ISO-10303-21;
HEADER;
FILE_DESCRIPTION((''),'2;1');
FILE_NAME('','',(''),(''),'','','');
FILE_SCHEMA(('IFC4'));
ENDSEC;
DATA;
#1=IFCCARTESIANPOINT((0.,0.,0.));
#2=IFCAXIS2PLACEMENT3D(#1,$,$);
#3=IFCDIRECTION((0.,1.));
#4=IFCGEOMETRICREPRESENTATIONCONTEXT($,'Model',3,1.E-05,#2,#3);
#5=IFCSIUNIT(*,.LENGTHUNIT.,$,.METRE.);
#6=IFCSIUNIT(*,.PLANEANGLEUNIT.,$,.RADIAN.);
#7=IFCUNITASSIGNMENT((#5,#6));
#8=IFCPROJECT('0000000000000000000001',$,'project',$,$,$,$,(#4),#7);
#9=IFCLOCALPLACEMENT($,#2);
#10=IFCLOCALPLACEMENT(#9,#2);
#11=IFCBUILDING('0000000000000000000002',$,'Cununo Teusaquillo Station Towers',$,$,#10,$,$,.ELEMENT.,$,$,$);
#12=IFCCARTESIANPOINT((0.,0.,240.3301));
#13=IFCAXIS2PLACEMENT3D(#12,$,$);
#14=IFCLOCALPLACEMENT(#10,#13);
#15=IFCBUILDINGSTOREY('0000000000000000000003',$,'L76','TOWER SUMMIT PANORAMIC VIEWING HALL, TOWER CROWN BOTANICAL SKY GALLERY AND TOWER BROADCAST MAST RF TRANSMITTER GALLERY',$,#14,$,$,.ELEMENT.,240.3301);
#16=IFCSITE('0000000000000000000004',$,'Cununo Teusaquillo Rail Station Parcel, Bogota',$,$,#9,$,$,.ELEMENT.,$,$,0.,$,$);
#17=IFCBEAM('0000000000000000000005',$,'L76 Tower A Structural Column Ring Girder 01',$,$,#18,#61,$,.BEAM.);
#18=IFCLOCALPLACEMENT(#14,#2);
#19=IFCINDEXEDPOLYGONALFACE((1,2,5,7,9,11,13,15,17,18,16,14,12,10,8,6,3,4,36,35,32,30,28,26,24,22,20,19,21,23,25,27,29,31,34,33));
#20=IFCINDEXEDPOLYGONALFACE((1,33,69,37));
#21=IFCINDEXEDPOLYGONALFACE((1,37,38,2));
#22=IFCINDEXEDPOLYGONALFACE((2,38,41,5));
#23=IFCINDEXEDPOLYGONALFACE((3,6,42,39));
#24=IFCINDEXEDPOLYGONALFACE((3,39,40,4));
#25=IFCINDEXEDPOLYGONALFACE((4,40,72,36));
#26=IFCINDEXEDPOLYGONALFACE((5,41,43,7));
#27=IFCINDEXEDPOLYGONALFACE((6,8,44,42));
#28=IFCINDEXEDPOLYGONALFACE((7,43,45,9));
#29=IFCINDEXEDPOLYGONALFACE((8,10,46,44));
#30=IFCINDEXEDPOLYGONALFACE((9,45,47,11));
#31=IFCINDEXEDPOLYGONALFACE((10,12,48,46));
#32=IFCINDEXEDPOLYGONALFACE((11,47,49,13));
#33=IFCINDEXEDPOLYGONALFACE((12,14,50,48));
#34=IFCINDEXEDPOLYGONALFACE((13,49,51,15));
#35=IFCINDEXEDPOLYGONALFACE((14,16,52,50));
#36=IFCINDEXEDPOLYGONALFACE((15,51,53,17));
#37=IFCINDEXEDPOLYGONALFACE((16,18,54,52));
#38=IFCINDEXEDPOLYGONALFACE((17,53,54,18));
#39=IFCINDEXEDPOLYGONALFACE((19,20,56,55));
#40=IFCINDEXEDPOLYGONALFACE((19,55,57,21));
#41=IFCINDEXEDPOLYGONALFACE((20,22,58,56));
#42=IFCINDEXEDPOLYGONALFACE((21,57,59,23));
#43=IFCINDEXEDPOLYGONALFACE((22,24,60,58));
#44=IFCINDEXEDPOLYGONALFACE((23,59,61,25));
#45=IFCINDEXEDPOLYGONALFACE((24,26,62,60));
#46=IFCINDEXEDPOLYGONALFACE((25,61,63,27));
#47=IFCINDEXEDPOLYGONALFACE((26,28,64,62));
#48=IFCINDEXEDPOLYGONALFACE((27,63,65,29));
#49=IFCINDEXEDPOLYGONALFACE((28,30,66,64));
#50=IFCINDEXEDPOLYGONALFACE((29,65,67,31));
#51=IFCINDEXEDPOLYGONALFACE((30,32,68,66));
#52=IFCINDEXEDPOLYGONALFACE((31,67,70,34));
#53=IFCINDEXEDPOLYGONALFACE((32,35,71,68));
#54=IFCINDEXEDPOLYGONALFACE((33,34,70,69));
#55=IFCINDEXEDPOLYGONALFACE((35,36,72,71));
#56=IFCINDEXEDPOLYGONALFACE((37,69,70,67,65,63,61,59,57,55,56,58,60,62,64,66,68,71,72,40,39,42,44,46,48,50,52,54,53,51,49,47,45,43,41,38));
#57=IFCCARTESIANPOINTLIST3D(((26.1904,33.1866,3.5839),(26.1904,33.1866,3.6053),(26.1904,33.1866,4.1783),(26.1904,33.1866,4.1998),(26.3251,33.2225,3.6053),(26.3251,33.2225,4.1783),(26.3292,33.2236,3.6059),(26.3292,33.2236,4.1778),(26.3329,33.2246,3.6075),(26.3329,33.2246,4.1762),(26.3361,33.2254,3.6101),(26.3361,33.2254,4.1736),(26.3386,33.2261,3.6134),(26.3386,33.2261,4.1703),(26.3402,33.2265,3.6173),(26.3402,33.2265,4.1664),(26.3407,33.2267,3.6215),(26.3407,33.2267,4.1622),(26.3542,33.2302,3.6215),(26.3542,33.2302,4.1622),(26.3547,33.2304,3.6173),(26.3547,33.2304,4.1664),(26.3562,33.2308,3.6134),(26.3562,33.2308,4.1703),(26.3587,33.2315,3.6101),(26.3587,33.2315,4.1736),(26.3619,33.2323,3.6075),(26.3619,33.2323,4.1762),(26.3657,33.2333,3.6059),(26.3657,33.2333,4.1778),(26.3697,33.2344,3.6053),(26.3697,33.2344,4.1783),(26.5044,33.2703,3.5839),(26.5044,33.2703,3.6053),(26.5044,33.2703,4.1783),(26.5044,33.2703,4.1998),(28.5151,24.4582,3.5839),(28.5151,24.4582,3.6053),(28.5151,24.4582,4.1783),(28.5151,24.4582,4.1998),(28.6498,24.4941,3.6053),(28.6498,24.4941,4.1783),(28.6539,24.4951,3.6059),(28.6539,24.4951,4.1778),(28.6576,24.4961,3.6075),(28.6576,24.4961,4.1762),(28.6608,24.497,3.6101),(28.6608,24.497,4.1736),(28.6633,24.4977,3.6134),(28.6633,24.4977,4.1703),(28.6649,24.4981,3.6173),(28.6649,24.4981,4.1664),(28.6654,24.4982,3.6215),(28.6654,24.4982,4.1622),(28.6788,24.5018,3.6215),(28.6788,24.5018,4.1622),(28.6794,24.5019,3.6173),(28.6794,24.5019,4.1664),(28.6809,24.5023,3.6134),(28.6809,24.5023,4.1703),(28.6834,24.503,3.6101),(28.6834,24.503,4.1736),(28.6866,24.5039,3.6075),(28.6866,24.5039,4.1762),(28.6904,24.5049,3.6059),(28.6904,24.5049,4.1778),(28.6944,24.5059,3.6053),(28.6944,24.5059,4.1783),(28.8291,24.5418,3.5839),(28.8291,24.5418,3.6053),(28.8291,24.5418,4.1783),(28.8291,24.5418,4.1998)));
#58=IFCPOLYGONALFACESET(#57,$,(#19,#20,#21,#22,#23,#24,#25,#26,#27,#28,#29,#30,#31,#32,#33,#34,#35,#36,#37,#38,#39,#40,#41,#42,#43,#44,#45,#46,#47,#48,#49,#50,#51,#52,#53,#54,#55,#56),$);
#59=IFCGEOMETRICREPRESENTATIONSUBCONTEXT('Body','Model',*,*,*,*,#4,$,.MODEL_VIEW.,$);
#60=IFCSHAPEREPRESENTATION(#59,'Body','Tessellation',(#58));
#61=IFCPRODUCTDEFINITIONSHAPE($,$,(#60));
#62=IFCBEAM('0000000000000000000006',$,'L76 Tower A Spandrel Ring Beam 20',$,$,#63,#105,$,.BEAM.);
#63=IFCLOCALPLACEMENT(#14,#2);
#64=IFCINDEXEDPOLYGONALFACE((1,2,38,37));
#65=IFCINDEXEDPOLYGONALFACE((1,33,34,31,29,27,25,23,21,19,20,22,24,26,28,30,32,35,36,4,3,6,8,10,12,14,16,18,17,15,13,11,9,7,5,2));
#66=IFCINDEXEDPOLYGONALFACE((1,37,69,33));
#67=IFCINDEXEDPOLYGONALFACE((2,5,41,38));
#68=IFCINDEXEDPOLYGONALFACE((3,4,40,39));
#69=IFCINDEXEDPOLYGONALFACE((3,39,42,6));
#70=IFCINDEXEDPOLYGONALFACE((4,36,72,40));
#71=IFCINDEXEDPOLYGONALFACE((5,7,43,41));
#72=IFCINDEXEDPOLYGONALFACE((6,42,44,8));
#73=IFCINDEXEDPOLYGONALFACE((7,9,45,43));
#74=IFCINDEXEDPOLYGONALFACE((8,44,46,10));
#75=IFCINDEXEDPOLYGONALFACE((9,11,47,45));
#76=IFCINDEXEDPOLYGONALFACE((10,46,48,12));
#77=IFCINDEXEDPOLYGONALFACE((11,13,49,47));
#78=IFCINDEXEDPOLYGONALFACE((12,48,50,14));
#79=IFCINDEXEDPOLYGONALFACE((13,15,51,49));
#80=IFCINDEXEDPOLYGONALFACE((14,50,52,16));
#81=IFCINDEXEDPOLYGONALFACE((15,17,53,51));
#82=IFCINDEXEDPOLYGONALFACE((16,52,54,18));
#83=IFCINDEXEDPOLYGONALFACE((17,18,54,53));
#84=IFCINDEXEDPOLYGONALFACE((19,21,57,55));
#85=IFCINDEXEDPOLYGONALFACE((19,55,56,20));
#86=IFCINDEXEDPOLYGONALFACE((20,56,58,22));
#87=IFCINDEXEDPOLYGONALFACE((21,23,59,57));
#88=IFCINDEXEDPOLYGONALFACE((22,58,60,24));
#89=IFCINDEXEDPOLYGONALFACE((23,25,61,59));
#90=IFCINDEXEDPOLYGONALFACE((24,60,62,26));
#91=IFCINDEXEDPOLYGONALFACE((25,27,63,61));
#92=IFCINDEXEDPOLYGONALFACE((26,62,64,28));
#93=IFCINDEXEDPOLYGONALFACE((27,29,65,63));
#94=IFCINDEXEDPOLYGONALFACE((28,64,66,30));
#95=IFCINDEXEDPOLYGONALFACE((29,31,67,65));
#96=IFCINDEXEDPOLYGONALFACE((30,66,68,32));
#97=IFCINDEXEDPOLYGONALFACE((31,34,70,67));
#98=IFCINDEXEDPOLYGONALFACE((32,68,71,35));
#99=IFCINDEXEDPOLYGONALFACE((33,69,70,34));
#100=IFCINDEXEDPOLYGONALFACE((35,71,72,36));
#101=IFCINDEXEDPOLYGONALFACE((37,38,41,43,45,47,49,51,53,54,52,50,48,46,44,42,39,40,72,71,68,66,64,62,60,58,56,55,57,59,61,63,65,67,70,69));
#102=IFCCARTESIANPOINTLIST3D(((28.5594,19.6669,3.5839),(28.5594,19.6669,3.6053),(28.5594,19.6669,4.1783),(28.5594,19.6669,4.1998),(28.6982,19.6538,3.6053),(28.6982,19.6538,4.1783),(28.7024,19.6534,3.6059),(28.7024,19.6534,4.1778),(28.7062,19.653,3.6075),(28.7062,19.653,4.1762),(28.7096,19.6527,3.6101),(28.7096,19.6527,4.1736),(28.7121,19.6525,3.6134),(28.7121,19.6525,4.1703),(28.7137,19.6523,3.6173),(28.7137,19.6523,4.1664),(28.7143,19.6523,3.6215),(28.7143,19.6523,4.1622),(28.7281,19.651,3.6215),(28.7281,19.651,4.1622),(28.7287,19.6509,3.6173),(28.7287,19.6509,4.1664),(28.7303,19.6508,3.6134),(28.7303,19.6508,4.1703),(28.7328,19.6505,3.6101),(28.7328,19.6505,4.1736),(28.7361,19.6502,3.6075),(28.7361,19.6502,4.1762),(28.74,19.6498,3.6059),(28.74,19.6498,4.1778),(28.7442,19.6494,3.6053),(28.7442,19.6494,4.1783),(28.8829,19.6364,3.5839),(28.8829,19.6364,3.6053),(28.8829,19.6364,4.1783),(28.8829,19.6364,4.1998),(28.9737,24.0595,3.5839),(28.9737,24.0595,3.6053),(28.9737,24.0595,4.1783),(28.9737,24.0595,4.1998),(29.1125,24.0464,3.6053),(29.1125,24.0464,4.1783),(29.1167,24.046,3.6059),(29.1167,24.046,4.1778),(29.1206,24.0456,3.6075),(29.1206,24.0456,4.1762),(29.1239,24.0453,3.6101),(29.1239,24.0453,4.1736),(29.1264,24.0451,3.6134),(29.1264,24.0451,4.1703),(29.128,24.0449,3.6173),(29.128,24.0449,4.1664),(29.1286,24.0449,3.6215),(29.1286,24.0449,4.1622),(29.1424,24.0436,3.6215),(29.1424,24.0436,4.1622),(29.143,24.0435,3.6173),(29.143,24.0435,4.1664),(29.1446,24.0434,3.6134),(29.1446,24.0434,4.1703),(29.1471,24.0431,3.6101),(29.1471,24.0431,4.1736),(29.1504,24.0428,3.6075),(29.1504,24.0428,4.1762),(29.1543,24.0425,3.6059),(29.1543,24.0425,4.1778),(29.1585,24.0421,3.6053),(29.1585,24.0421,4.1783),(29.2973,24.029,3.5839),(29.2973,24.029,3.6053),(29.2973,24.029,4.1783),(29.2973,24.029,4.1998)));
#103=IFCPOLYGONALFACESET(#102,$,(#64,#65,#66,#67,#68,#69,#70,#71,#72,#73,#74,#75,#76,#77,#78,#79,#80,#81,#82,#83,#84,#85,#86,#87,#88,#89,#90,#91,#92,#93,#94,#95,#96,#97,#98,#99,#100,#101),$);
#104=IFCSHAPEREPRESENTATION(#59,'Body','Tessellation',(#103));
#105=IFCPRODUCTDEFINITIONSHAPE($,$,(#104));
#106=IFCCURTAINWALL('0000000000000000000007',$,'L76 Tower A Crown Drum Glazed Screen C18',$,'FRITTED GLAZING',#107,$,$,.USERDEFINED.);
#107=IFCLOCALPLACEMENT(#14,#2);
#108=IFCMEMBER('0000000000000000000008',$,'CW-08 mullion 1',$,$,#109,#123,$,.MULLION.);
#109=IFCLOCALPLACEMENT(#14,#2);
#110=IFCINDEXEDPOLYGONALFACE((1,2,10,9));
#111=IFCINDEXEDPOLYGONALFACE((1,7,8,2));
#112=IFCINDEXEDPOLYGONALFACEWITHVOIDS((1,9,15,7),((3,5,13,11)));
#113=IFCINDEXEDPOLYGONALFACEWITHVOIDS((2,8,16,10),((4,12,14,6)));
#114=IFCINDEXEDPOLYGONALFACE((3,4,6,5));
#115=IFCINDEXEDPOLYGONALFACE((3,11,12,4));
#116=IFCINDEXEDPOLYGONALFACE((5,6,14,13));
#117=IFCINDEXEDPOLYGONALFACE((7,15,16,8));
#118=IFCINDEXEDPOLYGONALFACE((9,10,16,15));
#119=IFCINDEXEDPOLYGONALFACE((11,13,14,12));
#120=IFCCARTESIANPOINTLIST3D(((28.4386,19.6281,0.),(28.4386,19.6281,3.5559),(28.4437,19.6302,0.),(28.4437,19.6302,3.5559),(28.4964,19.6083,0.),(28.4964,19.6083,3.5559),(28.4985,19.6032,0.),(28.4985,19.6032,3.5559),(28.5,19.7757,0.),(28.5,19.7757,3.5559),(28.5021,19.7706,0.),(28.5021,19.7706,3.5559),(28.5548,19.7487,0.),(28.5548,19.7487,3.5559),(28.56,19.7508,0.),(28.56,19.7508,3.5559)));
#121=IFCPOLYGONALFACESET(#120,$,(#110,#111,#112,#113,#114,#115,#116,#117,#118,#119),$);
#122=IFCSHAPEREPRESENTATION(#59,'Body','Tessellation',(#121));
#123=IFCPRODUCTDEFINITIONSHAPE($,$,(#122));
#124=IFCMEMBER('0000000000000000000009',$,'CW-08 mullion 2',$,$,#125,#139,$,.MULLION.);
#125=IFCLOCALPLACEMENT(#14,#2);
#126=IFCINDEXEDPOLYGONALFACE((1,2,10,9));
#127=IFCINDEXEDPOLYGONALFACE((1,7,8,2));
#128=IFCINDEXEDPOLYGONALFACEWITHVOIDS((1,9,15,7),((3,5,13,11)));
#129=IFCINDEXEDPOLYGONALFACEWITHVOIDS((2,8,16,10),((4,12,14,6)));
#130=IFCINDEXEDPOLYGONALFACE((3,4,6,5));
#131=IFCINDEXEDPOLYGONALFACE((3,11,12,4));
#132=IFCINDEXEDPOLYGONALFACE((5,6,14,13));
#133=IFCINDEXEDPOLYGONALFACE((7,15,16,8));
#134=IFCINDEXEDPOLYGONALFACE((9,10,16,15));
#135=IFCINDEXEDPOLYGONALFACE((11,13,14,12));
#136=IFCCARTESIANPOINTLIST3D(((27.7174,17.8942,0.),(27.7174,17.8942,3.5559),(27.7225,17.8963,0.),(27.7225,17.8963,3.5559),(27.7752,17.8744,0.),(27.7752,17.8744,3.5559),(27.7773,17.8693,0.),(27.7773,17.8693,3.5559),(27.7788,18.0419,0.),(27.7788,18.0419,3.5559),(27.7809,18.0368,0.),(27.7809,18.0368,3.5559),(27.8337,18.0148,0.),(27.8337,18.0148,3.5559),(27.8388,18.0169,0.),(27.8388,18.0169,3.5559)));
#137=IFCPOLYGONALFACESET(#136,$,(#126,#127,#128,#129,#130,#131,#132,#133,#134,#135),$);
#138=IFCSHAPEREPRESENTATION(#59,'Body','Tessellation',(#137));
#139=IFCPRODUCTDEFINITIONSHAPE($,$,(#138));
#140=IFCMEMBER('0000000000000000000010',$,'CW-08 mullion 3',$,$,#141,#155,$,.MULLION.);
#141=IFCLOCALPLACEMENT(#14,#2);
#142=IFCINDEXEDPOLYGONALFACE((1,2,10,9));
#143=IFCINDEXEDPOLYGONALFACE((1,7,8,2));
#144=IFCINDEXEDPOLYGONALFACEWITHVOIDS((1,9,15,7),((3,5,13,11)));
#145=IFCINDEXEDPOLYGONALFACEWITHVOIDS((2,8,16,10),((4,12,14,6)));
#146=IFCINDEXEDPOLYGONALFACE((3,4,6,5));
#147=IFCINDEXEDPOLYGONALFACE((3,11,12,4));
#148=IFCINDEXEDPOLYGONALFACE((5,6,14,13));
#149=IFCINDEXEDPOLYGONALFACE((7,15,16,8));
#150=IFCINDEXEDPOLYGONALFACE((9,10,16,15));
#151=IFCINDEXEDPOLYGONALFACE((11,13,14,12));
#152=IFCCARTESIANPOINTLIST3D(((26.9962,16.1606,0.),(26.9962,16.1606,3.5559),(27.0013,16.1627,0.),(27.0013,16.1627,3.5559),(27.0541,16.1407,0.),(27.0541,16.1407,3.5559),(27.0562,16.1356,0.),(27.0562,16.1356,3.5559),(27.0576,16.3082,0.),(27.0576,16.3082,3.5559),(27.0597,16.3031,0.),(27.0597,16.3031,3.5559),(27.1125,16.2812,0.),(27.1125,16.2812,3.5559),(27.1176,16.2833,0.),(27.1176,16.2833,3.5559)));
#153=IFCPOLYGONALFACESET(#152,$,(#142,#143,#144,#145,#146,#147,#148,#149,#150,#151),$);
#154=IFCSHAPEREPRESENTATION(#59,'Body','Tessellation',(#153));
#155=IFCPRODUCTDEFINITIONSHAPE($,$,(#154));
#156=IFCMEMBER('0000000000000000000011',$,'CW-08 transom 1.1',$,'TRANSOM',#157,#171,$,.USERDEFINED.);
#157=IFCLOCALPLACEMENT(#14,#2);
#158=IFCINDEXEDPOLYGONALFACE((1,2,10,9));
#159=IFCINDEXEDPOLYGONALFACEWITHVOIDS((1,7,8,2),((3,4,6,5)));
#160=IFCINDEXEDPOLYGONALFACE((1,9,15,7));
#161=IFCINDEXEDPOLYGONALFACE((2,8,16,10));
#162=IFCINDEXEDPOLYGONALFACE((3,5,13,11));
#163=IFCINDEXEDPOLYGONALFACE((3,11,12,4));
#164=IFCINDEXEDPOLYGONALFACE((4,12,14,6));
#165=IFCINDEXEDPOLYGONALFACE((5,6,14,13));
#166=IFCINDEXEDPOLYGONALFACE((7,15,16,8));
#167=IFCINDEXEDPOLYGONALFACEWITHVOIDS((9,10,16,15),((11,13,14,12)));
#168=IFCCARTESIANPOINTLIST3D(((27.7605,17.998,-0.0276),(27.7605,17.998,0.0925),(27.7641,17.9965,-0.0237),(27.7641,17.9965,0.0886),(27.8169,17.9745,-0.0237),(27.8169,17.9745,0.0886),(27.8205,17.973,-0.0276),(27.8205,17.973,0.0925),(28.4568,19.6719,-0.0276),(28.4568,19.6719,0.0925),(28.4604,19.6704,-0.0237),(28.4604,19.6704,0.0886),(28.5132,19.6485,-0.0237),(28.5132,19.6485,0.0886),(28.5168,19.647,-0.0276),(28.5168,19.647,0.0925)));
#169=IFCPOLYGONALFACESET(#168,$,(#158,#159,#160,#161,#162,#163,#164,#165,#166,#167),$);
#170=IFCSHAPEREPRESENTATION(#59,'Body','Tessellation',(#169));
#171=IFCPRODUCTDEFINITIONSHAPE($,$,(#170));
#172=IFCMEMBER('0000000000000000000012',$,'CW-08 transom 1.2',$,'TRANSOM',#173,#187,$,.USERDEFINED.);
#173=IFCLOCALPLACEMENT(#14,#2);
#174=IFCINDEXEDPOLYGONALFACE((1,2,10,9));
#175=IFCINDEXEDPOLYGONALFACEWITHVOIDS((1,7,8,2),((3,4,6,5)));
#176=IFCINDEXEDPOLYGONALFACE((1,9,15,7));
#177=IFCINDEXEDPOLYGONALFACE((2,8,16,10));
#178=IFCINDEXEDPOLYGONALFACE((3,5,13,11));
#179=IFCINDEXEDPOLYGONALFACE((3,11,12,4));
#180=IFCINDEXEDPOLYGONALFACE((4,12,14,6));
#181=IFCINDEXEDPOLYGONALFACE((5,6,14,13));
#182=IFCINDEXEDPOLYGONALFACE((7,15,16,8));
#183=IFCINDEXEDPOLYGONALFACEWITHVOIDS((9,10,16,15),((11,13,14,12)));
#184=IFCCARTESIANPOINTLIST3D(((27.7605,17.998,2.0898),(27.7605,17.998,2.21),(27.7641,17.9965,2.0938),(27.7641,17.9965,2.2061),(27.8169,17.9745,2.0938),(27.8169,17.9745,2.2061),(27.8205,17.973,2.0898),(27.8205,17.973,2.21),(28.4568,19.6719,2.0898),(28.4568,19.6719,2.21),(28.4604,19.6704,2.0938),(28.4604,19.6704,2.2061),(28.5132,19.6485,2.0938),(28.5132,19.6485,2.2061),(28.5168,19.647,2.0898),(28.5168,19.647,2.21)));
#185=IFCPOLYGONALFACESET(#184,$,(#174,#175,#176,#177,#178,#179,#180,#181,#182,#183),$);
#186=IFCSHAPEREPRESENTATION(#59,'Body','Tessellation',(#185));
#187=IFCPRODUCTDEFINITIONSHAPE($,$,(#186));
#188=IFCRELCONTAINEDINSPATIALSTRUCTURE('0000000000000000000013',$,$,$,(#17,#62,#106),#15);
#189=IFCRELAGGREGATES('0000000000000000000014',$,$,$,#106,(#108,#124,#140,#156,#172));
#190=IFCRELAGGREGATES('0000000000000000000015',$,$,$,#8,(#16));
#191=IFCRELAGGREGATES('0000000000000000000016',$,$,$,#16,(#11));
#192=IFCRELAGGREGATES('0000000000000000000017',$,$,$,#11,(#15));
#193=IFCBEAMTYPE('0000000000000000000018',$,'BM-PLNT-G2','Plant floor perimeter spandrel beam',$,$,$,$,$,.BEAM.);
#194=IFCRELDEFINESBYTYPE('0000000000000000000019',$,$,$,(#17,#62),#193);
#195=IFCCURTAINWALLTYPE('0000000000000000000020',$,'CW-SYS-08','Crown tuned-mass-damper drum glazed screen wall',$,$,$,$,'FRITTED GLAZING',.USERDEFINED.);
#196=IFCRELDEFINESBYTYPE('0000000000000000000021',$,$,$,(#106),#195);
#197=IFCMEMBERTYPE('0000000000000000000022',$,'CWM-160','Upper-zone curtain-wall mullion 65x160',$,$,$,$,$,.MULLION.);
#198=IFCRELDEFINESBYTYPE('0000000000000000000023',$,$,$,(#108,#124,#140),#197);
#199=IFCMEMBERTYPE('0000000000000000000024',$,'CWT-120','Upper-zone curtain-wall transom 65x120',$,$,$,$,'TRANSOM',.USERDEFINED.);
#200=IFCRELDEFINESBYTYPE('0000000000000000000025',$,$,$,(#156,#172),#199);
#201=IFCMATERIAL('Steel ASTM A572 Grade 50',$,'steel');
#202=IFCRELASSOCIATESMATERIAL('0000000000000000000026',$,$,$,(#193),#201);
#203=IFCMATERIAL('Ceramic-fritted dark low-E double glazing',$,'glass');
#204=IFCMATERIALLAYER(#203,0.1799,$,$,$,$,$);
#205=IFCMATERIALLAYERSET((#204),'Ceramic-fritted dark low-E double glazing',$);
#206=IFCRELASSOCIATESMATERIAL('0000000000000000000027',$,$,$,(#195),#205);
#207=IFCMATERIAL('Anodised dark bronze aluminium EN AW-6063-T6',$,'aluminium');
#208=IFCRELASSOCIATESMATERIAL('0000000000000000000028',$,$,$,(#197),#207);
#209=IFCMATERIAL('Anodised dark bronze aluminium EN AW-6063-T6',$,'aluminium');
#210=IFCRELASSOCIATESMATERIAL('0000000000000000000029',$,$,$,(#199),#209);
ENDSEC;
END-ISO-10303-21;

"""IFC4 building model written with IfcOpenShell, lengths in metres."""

from ifc_helpers import new_model, si_unit, direction, frame, origin, origin_2d, place, context, subcontext, project, spatial, hollow_rectangle, i_section, extrude, material, layer, layer_set, material_profile, profile_set, type_object, element, aggregate, save


model = new_model("IFC4")

# Units and contexts
model_context = context("Model", 3, precision=1e-05, world=origin(), true_north=direction((0.0, 1.0)))
body_context = subcontext(model_context, "Body", "Model", "MODEL_VIEW")
ifc_project = project(units=[si_unit("LENGTHUNIT", "METRE"), si_unit("PLANEANGLEUNIT", "RADIAN")], contexts=[model_context])

# Site, building, storey
site_placement = place(None, origin())
site = spatial("IfcSite", under=ifc_project, at=site_placement, Name="Cununo Teusaquillo Rail Station Parcel, Bogota", CompositionType="ELEMENT", RefElevation=0.0)
building_placement = place(site_placement, origin())
building = spatial("IfcBuilding", under=site, at=building_placement, Name="Cununo Teusaquillo Station Towers", CompositionType="ELEMENT")
storey_placement = place(building_placement, frame((0.0, 0.0, 240.3301)))
storey = spatial("IfcBuildingStorey", under=building, at=storey_placement, Name="L76", Description="TOWER SUMMIT PANORAMIC VIEWING HALL, TOWER CROWN BOTANICAL SKY GALLERY AND TOWER BROADCAST MAST RF TRANSMITTER GALLERY", CompositionType="ELEMENT", Elevation=240.3301)

# Beams
ifc_material_1 = material(Name="Steel ASTM A572 Grade 50", Category="steel")
ifc_material_profile_1 = material_profile(ifc_material_1, i_section(OverallWidth=0.325, OverallDepth=0.616, WebThickness=0.0139, FlangeThickness=0.0215, FilletRadius=0.0161, at=origin_2d()), Name="W24X117")
ifc_profile_set_1 = profile_set([ifc_material_profile_1], Name="Steel ASTM A572 Grade 50")
beam_type_1 = type_object("IfcBeamType", Name="BM-PLNT-G2", Description="Plant floor perimeter spandrel beam", PredefinedType="BEAM", material=ifc_profile_set_1)
beam_1_placement = place(storey_placement, frame((28.6721, 24.5, 3.8918), z_axis=(-0.257363, 0.966315, 0.0), x_axis=(-0.966315, -0.257363, 0.0)))
element("IfcBeam", 1, at=beam_1_placement, inside=storey, type_object=beam_type_1, Name="L76 Tower A Structural Column Ring Girder 01", PredefinedType="BEAM", context=body_context, shape_type="SweptSolid", body=[
    extrude(i_section(OverallWidth=0.325, OverallDepth=0.616, WebThickness=0.0139, FlangeThickness=0.0215, FilletRadius=0.0161, at=origin_2d()), origin(), (0.0, 0.0, 1.0), 9.0327),
])
beam_2_placement = place(storey_placement, frame((28.7212, 19.6516, 3.8918), z_axis=(0.093903, 0.995581, 0.0), x_axis=(-0.995581, 0.093903, 0.0)))
element("IfcBeam", 2, at=beam_2_placement, inside=storey, type_object=beam_type_1, Name="L76 Tower A Spandrel Ring Beam 20", PredefinedType="BEAM", context=body_context, shape_type="SweptSolid", body=[
    extrude(i_section(OverallWidth=0.325, OverallDepth=0.616, WebThickness=0.0139, FlangeThickness=0.0215, FilletRadius=0.0161, at=origin_2d()), origin(), (0.0, 0.0, 1.0), 4.4121),
])

# Curtain wall, members
ifc_material_2 = material(Name="Ceramic-fritted dark low-E double glazing", Category="glass")
ifc_layer_1 = layer(ifc_material_2, 0.1799)
ifc_layer_set_1 = layer_set([ifc_layer_1], Name="Ceramic-fritted dark low-E double glazing")
curtain_wall_type = type_object("IfcCurtainWallType", Name="CW-SYS-08", Description="Crown tuned-mass-damper drum glazed screen wall", ElementType="FRITTED GLAZING", PredefinedType="USERDEFINED", material=ifc_layer_set_1)
curtain_wall_placement = place(storey_placement, origin())
curtain_wall = element("IfcCurtainWall", 3, at=curtain_wall_placement, inside=storey, type_object=curtain_wall_type, Name="L76 Tower A Crown Drum Glazed Screen C18", ObjectType="FRITTED GLAZING", PredefinedType="USERDEFINED")
ifc_material_3 = material(Name="Anodised dark bronze aluminium EN AW-6063-T6", Category="aluminium")
ifc_material_profile_2 = material_profile(ifc_material_3, hollow_rectangle(XDim=0.0649, YDim=0.1599, WallThickness=0.0039, at=origin_2d()), Name="CW-MULL-65x160")
ifc_profile_set_2 = profile_set([ifc_material_profile_2], Name="Anodised dark bronze aluminium EN AW-6063-T6")
member_type_1 = type_object("IfcMemberType", Name="CWM-160", Description="Upper-zone curtain-wall mullion 65x160", PredefinedType="MULLION", material=ifc_profile_set_2)
member_1_placement = place(storey_placement, frame((28.4993, 19.6895, 0.0), z_axis=(0.0, 0.0, 1.0), x_axis=(0.923307, -0.384063, 0.0)))
member_1 = element("IfcMember", 4, at=member_1_placement, type_object=member_type_1, Name="CW-08 mullion 1", PredefinedType="MULLION", context=body_context, shape_type="SweptSolid", body=[
    extrude(hollow_rectangle(XDim=0.0649, YDim=0.1599, WallThickness=0.0039, at=origin_2d()), origin(), (0.0, 0.0, 1.0), 3.5559),
])
member_2_placement = place(storey_placement, frame((27.7781, 17.9556, 0.0), z_axis=(0.0, 0.0, 1.0), x_axis=(0.923307, -0.384063, 0.0)))
member_2 = element("IfcMember", 5, at=member_2_placement, type_object=member_type_1, Name="CW-08 mullion 2", PredefinedType="MULLION", context=body_context, shape_type="SweptSolid", body=[
    extrude(hollow_rectangle(XDim=0.0649, YDim=0.1599, WallThickness=0.0039, at=origin_2d()), origin(), (0.0, 0.0, 1.0), 3.5559),
])
member_3_placement = place(storey_placement, frame((27.0569, 16.2219, 0.0), z_axis=(0.0, 0.0, 1.0), x_axis=(0.923307, -0.384063, 0.0)))
member_3 = element("IfcMember", 6, at=member_3_placement, type_object=member_type_1, Name="CW-08 mullion 3", PredefinedType="MULLION", context=body_context, shape_type="SweptSolid", body=[
    extrude(hollow_rectangle(XDim=0.0649, YDim=0.1599, WallThickness=0.0039, at=origin_2d()), origin(), (0.0, 0.0, 1.0), 3.5559),
])
ifc_material_4 = material(Name="Anodised dark bronze aluminium EN AW-6063-T6", Category="aluminium")
ifc_material_profile_3 = material_profile(ifc_material_4, hollow_rectangle(XDim=0.0649, YDim=0.1201, WallThickness=0.0039, at=origin_2d()), Name="CW-TRAN-65x120")
ifc_profile_set_3 = profile_set([ifc_material_profile_3], Name="Anodised dark bronze aluminium EN AW-6063-T6")
member_type_2 = type_object("IfcMemberType", Name="CWT-120", Description="Upper-zone curtain-wall transom 65x120", ElementType="TRANSOM", PredefinedType="USERDEFINED", material=ifc_profile_set_3)
member_4_placement = place(storey_placement, frame((28.4868, 19.6594, 0.0325), z_axis=(-0.38408, -0.9233, 0.0), x_axis=(0.9233, -0.38408, 0.0)))
member_4 = element("IfcMember", 7, at=member_4_placement, type_object=member_type_2, Name="CW-08 transom 1.1", ObjectType="TRANSOM", PredefinedType="USERDEFINED", context=body_context, shape_type="SweptSolid", body=[
    extrude(hollow_rectangle(XDim=0.0649, YDim=0.1201, WallThickness=0.0039, at=origin_2d()), origin(), (0.0, 0.0, 1.0), 1.813),
])
member_5_placement = place(storey_placement, frame((28.4868, 19.6594, 2.1499), z_axis=(-0.38408, -0.9233, 0.0), x_axis=(0.9233, -0.38408, 0.0)))
member_5 = element("IfcMember", 8, at=member_5_placement, type_object=member_type_2, Name="CW-08 transom 1.2", ObjectType="TRANSOM", PredefinedType="USERDEFINED", context=body_context, shape_type="SweptSolid", body=[
    extrude(hollow_rectangle(XDim=0.0649, YDim=0.1201, WallThickness=0.0039, at=origin_2d()), origin(), (0.0, 0.0, 1.0), 1.813),
])

aggregate(curtain_wall, [member_1, member_2, member_3, member_4, member_5])

save(model, "model.ifc")
